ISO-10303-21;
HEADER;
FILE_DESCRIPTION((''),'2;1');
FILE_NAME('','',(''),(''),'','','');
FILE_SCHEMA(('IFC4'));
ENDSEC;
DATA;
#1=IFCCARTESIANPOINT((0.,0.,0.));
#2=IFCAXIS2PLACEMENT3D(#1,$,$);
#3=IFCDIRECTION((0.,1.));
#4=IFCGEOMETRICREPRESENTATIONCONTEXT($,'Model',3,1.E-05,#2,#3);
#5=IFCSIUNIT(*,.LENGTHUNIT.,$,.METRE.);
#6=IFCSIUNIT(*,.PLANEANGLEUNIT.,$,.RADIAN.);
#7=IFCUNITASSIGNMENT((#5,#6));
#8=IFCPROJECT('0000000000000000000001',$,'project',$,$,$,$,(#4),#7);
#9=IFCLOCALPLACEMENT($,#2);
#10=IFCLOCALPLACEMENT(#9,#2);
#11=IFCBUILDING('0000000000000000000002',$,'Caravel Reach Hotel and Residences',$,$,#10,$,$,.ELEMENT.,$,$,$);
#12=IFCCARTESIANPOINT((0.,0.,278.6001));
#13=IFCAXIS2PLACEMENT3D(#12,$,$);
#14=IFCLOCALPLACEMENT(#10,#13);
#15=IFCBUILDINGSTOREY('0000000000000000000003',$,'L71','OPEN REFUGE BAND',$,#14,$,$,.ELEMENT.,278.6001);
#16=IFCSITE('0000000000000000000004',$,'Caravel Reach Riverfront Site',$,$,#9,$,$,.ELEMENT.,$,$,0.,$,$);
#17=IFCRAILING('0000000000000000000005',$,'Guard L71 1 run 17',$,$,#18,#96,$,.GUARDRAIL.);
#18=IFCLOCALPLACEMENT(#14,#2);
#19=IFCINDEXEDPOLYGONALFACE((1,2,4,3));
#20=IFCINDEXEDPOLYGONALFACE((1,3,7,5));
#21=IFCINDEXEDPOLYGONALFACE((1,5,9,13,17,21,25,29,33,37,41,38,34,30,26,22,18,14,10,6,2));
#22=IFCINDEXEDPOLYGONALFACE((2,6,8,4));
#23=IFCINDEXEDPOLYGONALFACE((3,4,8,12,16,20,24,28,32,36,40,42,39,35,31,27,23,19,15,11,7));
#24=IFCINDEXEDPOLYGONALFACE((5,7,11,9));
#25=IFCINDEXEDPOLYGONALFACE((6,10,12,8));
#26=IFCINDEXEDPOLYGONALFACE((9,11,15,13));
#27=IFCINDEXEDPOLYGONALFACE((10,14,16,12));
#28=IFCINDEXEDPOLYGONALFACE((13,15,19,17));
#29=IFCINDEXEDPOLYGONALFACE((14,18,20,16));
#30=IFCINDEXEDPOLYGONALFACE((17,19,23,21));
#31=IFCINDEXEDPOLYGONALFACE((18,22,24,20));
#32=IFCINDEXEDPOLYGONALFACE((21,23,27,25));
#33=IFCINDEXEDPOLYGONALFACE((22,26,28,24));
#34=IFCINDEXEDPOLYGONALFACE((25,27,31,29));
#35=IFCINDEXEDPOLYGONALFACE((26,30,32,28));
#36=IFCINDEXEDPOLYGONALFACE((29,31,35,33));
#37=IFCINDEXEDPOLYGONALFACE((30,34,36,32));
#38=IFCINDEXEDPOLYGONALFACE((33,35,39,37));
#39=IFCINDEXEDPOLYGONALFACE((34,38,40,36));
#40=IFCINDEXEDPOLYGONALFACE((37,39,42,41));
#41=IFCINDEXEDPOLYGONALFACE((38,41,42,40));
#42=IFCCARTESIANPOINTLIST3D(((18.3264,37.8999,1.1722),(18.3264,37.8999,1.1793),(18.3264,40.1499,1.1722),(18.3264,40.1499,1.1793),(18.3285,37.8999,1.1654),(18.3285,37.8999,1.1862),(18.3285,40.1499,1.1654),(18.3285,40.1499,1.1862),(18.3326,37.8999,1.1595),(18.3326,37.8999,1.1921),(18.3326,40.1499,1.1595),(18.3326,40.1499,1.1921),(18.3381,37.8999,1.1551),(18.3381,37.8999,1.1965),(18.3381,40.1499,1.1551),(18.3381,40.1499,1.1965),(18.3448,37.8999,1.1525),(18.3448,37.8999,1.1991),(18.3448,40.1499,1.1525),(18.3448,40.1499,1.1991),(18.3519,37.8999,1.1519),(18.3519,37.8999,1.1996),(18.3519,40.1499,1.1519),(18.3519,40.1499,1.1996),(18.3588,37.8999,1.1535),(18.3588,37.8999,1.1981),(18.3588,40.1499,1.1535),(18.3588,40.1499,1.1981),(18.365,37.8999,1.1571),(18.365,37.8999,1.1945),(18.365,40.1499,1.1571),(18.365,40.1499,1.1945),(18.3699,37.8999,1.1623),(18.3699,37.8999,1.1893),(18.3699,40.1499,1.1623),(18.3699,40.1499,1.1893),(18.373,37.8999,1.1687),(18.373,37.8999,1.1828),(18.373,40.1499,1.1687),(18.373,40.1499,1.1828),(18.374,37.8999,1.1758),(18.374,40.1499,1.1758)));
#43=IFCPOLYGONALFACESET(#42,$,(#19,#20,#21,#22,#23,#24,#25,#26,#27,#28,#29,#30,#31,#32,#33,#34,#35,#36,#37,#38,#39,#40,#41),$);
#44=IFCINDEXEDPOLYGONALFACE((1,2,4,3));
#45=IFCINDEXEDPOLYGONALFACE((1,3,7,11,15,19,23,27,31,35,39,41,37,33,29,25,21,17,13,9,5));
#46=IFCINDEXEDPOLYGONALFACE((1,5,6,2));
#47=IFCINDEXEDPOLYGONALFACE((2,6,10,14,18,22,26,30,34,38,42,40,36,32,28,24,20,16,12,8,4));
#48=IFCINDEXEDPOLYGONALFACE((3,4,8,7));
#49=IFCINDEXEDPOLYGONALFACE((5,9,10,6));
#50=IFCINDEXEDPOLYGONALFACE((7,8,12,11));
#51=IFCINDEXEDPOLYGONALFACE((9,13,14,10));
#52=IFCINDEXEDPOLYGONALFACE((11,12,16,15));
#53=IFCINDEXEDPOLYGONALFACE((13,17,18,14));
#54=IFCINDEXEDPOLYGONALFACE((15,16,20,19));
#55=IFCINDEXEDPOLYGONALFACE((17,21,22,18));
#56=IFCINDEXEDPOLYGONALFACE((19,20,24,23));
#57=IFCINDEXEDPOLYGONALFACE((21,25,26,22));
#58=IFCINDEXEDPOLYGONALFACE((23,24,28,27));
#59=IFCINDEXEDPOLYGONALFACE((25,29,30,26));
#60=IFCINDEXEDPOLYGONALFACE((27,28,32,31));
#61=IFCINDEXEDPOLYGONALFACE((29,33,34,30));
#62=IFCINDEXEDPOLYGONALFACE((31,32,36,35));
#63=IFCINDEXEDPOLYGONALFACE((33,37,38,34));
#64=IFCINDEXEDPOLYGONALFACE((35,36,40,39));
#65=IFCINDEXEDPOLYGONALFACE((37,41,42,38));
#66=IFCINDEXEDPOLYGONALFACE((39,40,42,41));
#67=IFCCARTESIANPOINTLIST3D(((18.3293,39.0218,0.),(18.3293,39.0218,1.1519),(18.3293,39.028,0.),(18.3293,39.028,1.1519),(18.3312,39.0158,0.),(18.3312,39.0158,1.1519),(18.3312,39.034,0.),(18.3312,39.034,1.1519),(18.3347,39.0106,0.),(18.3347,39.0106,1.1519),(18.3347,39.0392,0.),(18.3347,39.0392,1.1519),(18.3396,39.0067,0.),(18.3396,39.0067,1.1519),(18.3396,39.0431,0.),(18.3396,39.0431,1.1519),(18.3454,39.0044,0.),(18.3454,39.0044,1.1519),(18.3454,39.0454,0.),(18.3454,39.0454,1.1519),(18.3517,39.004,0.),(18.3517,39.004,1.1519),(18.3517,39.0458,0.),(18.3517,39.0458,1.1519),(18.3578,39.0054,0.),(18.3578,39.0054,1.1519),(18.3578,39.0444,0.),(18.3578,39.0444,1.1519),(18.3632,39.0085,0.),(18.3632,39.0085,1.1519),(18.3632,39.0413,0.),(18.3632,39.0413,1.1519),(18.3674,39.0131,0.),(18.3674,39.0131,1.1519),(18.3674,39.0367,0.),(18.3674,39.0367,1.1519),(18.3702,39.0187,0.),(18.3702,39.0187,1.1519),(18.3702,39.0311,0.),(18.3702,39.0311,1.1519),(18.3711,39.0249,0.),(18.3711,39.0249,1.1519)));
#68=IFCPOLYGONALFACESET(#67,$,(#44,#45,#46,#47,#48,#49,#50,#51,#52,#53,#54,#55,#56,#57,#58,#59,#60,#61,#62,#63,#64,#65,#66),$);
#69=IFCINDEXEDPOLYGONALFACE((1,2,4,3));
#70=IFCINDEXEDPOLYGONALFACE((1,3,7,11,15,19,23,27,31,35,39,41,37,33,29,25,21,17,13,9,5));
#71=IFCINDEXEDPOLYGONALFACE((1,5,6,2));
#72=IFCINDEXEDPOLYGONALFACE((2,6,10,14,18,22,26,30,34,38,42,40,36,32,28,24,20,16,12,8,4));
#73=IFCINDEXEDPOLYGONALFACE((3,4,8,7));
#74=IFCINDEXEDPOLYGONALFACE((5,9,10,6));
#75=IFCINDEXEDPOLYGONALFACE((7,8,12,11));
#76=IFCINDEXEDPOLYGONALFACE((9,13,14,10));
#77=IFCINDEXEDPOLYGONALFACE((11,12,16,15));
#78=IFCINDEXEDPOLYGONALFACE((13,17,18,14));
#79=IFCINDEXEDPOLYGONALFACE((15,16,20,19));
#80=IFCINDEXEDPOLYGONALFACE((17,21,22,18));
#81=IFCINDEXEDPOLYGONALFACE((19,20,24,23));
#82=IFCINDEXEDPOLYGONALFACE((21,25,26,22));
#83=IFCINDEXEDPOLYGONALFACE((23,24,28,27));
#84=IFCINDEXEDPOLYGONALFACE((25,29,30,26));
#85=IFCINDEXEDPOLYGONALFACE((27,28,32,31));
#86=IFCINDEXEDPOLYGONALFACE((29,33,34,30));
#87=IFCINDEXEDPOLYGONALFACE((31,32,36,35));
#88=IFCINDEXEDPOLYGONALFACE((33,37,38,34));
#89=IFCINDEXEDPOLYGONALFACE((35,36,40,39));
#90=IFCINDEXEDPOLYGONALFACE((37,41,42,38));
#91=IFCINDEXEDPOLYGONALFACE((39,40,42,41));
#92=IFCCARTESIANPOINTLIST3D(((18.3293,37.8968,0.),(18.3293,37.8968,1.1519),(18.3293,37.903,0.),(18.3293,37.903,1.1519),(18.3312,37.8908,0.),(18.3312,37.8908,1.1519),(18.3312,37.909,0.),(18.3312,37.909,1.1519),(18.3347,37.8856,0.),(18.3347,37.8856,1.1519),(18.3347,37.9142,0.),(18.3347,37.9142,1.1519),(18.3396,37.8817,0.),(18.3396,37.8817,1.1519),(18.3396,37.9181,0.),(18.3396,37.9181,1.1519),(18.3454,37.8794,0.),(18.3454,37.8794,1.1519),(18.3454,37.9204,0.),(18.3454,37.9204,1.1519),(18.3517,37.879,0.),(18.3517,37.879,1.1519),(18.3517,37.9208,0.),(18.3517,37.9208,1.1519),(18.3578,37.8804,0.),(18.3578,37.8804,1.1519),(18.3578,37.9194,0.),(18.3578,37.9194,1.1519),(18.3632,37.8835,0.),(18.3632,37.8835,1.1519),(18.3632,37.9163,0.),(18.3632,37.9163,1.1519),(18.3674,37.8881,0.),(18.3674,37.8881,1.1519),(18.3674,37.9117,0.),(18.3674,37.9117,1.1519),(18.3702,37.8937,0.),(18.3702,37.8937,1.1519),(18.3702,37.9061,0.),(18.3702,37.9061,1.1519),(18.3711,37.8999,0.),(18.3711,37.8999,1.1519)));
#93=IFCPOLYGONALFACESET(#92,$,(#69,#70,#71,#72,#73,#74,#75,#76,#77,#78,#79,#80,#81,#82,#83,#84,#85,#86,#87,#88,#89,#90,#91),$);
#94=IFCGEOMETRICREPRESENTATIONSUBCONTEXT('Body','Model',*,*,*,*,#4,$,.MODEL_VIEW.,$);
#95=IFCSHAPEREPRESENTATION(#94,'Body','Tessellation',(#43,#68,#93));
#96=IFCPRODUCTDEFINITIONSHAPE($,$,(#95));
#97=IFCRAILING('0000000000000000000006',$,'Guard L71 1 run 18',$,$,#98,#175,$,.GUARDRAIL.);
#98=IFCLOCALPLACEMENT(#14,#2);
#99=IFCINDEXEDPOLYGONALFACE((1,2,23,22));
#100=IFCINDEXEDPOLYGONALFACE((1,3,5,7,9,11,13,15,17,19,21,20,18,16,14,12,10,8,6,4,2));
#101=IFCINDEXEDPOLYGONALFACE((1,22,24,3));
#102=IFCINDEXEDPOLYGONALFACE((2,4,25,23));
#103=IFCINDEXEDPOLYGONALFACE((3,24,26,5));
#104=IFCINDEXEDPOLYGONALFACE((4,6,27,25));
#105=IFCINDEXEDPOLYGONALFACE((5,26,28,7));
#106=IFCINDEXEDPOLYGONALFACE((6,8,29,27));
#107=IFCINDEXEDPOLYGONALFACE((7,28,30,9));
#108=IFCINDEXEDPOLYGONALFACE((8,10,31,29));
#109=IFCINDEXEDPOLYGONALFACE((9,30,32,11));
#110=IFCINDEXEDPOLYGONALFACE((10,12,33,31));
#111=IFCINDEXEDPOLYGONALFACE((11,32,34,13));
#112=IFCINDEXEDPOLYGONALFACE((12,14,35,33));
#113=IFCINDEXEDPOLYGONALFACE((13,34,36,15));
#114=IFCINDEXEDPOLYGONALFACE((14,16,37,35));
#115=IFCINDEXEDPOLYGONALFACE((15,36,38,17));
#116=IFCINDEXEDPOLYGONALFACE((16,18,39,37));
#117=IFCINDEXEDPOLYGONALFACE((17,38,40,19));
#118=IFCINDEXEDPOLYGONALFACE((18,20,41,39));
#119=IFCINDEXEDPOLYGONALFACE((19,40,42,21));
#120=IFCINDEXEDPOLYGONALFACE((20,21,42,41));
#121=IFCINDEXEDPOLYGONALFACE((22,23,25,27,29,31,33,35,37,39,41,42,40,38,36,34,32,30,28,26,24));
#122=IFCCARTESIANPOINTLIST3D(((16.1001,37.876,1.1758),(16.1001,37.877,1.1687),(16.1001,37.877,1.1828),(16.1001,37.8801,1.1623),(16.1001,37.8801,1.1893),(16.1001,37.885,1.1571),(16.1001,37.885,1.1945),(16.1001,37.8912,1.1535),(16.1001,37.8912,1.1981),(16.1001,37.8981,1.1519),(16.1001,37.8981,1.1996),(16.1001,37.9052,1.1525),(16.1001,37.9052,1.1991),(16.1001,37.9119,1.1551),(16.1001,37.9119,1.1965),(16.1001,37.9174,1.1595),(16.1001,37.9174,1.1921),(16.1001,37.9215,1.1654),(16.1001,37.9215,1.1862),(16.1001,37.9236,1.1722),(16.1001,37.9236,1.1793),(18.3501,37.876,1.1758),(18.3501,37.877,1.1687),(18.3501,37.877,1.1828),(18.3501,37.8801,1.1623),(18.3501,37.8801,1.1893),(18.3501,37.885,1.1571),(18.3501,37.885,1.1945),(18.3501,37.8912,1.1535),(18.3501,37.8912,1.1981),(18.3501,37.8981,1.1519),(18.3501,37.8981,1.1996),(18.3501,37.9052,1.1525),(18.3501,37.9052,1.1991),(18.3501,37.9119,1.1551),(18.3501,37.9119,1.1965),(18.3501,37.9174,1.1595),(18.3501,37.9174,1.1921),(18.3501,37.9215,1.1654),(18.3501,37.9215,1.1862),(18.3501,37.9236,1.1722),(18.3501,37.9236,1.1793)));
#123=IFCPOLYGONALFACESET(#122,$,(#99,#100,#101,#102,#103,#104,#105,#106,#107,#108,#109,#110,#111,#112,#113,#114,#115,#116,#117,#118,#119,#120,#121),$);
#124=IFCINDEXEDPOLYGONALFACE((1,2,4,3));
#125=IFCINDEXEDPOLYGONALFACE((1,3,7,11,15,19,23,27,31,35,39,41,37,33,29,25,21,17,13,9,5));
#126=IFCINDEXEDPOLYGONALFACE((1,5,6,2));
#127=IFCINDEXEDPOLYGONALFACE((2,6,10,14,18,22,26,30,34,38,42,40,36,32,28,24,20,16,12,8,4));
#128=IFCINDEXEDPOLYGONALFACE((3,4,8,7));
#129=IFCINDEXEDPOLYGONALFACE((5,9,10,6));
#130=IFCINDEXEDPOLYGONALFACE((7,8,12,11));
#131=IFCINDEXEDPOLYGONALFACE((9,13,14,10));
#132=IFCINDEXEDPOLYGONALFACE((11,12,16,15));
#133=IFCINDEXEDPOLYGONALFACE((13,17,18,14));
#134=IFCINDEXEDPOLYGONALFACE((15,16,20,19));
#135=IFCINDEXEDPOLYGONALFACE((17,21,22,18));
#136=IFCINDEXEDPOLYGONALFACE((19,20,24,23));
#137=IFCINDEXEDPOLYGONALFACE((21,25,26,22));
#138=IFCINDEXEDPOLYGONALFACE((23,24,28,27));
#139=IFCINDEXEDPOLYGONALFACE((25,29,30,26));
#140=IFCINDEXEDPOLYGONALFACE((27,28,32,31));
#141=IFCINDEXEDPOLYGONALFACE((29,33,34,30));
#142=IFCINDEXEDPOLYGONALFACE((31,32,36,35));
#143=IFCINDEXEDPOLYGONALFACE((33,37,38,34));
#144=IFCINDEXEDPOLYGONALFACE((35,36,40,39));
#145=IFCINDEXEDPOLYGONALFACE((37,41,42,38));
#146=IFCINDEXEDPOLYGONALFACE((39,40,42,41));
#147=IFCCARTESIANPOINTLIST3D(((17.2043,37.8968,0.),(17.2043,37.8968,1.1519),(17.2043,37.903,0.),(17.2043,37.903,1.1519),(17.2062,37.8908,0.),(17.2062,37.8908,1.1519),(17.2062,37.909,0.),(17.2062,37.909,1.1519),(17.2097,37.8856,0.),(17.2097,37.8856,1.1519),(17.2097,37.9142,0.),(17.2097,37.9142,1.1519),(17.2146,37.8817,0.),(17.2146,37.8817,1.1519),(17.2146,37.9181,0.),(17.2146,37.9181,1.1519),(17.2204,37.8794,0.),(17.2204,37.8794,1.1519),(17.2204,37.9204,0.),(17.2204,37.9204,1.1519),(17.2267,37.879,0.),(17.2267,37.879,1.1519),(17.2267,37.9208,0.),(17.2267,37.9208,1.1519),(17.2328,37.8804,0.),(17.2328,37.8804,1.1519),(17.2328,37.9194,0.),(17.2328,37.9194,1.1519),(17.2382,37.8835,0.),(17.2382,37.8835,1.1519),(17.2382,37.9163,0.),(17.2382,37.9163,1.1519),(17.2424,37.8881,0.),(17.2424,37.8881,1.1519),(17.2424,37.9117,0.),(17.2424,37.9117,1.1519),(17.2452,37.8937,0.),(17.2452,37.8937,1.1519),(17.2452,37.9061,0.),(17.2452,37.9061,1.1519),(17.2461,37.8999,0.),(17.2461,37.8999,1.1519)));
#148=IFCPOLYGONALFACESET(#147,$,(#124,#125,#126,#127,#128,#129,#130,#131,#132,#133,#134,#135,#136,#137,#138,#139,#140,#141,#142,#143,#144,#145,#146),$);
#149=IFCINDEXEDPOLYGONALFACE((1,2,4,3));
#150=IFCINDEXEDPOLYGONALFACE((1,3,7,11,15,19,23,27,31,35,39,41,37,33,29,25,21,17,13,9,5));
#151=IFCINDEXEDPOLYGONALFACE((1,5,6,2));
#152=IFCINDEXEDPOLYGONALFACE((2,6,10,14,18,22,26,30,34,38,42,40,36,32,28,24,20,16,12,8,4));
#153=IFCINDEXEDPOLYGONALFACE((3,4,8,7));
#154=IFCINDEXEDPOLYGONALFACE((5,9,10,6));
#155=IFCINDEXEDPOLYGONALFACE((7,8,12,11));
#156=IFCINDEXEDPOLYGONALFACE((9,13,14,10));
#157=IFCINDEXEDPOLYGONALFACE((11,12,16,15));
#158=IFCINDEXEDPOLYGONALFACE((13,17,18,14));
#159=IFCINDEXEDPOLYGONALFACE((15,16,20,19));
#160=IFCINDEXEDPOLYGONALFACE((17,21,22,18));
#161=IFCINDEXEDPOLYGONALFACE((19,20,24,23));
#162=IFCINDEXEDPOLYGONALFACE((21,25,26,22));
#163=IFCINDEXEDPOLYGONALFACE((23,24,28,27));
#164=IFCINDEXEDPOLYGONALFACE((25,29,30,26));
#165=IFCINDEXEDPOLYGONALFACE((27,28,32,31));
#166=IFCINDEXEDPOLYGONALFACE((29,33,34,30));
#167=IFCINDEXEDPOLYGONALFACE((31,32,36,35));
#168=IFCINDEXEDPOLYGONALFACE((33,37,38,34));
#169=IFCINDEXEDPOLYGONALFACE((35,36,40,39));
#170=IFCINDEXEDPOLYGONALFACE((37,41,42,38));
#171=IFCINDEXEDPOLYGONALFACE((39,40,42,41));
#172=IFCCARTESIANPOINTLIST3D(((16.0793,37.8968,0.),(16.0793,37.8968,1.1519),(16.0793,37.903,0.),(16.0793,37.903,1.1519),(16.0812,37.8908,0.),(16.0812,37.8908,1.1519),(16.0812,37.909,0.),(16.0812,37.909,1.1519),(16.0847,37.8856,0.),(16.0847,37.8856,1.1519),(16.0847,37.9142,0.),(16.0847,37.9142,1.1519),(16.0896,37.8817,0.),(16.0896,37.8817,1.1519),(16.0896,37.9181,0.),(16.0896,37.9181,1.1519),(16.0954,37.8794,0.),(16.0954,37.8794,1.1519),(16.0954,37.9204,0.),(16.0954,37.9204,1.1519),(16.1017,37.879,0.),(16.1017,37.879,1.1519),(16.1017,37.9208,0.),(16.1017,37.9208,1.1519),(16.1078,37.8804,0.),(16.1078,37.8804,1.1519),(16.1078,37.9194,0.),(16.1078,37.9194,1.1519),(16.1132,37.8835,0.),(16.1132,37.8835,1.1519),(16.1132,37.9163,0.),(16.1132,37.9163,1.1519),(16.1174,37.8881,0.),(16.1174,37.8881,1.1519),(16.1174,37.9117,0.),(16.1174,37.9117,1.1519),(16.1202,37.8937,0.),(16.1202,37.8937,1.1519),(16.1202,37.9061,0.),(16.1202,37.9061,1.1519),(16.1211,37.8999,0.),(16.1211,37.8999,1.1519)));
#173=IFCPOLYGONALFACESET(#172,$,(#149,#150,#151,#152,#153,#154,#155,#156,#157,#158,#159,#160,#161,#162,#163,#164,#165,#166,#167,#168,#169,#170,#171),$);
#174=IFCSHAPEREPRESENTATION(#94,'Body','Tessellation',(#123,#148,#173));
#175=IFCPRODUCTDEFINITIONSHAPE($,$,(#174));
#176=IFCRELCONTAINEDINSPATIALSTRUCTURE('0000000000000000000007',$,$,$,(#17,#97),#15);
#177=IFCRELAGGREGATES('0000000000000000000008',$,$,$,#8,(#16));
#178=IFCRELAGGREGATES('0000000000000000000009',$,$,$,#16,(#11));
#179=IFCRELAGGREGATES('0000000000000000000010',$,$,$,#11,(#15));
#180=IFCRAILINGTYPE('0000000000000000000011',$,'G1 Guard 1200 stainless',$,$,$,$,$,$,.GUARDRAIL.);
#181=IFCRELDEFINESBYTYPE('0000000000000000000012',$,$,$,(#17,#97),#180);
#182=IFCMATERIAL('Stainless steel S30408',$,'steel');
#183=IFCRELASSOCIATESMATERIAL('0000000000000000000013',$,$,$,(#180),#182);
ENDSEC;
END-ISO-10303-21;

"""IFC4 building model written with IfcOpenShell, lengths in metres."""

from ifc_helpers import new_model, si_unit, direction, frame, origin, origin_2d, place, context, subcontext, project, spatial, circle, extrude, material, type_object, element, save


model = new_model("IFC4")

# Units and contexts
model_context = context("Model", 3, precision=1e-05, world=origin(), true_north=direction((0.0, 1.0)))
body_context = subcontext(model_context, "Body", "Model", "MODEL_VIEW")
ifc_project = project(units=[si_unit("LENGTHUNIT", "METRE"), si_unit("PLANEANGLEUNIT", "RADIAN")], contexts=[model_context])

# Site, building, storey
site_placement = place(None, origin())
site = spatial("IfcSite", under=ifc_project, at=site_placement, Name="Caravel Reach Riverfront Site", CompositionType="ELEMENT", RefElevation=0.0)
building_placement = place(site_placement, origin())
building = spatial("IfcBuilding", under=site, at=building_placement, Name="Caravel Reach Hotel and Residences", CompositionType="ELEMENT")
storey_placement = place(building_placement, frame((0.0, 0.0, 278.6001)))
storey = spatial("IfcBuildingStorey", under=building, at=storey_placement, Name="L71", Description="OPEN REFUGE BAND", CompositionType="ELEMENT", Elevation=278.6001)

# Railings
ifc_material_1 = material(Name="Stainless steel S30408", Category="steel")
railing_type_1 = type_object("IfcRailingType", Name="G1 Guard 1200 stainless", PredefinedType="GUARDRAIL", material=ifc_material_1)
railing_1_placement = place(storey_placement, frame((18.3501, 40.1499, 0.0)))
element("IfcRailing", 1, at=railing_1_placement, inside=storey, type_object=railing_type_1, Name="Guard L71 1 run 17", PredefinedType="GUARDRAIL", context=body_context, shape_type="SweptSolid", body=[
    extrude(circle(Radius=0.0239, at=origin_2d()), frame((0.0, 0.0, 1.1758), z_axis=(0.0, -1.0, 0.0), x_axis=(1.0, 0.0, 0.0)), (0.0, 0.0, 1.0), 2.25),
    extrude(circle(Radius=0.021, at=origin_2d()), frame((0.0, -1.125, 0.0)), (0.0, 0.0, 1.0), 1.1519),
    extrude(circle(Radius=0.021, at=origin_2d()), frame((0.0, -2.25, 0.0)), (0.0, 0.0, 1.0), 1.1519),
])
railing_2_placement = place(storey_placement, frame((18.3501, 37.8999, 0.0)))
element("IfcRailing", 2, at=railing_2_placement, inside=storey, type_object=railing_type_1, Name="Guard L71 1 run 18", PredefinedType="GUARDRAIL", context=body_context, shape_type="SweptSolid", body=[
    extrude(circle(Radius=0.0239, at=origin_2d()), frame((0.0, 0.0, 1.1758), z_axis=(-1.0, 0.0, 0.0), x_axis=(0.0, -1.0, 0.0)), (0.0, 0.0, 1.0), 2.25),
    extrude(circle(Radius=0.021, at=origin_2d()), frame((-1.125, 0.0, 0.0)), (0.0, 0.0, 1.0), 1.1519),
    extrude(circle(Radius=0.021, at=origin_2d()), frame((-2.25, 0.0, 0.0)), (0.0, 0.0, 1.0), 1.1519),
])

save(model, "model.ifc")
